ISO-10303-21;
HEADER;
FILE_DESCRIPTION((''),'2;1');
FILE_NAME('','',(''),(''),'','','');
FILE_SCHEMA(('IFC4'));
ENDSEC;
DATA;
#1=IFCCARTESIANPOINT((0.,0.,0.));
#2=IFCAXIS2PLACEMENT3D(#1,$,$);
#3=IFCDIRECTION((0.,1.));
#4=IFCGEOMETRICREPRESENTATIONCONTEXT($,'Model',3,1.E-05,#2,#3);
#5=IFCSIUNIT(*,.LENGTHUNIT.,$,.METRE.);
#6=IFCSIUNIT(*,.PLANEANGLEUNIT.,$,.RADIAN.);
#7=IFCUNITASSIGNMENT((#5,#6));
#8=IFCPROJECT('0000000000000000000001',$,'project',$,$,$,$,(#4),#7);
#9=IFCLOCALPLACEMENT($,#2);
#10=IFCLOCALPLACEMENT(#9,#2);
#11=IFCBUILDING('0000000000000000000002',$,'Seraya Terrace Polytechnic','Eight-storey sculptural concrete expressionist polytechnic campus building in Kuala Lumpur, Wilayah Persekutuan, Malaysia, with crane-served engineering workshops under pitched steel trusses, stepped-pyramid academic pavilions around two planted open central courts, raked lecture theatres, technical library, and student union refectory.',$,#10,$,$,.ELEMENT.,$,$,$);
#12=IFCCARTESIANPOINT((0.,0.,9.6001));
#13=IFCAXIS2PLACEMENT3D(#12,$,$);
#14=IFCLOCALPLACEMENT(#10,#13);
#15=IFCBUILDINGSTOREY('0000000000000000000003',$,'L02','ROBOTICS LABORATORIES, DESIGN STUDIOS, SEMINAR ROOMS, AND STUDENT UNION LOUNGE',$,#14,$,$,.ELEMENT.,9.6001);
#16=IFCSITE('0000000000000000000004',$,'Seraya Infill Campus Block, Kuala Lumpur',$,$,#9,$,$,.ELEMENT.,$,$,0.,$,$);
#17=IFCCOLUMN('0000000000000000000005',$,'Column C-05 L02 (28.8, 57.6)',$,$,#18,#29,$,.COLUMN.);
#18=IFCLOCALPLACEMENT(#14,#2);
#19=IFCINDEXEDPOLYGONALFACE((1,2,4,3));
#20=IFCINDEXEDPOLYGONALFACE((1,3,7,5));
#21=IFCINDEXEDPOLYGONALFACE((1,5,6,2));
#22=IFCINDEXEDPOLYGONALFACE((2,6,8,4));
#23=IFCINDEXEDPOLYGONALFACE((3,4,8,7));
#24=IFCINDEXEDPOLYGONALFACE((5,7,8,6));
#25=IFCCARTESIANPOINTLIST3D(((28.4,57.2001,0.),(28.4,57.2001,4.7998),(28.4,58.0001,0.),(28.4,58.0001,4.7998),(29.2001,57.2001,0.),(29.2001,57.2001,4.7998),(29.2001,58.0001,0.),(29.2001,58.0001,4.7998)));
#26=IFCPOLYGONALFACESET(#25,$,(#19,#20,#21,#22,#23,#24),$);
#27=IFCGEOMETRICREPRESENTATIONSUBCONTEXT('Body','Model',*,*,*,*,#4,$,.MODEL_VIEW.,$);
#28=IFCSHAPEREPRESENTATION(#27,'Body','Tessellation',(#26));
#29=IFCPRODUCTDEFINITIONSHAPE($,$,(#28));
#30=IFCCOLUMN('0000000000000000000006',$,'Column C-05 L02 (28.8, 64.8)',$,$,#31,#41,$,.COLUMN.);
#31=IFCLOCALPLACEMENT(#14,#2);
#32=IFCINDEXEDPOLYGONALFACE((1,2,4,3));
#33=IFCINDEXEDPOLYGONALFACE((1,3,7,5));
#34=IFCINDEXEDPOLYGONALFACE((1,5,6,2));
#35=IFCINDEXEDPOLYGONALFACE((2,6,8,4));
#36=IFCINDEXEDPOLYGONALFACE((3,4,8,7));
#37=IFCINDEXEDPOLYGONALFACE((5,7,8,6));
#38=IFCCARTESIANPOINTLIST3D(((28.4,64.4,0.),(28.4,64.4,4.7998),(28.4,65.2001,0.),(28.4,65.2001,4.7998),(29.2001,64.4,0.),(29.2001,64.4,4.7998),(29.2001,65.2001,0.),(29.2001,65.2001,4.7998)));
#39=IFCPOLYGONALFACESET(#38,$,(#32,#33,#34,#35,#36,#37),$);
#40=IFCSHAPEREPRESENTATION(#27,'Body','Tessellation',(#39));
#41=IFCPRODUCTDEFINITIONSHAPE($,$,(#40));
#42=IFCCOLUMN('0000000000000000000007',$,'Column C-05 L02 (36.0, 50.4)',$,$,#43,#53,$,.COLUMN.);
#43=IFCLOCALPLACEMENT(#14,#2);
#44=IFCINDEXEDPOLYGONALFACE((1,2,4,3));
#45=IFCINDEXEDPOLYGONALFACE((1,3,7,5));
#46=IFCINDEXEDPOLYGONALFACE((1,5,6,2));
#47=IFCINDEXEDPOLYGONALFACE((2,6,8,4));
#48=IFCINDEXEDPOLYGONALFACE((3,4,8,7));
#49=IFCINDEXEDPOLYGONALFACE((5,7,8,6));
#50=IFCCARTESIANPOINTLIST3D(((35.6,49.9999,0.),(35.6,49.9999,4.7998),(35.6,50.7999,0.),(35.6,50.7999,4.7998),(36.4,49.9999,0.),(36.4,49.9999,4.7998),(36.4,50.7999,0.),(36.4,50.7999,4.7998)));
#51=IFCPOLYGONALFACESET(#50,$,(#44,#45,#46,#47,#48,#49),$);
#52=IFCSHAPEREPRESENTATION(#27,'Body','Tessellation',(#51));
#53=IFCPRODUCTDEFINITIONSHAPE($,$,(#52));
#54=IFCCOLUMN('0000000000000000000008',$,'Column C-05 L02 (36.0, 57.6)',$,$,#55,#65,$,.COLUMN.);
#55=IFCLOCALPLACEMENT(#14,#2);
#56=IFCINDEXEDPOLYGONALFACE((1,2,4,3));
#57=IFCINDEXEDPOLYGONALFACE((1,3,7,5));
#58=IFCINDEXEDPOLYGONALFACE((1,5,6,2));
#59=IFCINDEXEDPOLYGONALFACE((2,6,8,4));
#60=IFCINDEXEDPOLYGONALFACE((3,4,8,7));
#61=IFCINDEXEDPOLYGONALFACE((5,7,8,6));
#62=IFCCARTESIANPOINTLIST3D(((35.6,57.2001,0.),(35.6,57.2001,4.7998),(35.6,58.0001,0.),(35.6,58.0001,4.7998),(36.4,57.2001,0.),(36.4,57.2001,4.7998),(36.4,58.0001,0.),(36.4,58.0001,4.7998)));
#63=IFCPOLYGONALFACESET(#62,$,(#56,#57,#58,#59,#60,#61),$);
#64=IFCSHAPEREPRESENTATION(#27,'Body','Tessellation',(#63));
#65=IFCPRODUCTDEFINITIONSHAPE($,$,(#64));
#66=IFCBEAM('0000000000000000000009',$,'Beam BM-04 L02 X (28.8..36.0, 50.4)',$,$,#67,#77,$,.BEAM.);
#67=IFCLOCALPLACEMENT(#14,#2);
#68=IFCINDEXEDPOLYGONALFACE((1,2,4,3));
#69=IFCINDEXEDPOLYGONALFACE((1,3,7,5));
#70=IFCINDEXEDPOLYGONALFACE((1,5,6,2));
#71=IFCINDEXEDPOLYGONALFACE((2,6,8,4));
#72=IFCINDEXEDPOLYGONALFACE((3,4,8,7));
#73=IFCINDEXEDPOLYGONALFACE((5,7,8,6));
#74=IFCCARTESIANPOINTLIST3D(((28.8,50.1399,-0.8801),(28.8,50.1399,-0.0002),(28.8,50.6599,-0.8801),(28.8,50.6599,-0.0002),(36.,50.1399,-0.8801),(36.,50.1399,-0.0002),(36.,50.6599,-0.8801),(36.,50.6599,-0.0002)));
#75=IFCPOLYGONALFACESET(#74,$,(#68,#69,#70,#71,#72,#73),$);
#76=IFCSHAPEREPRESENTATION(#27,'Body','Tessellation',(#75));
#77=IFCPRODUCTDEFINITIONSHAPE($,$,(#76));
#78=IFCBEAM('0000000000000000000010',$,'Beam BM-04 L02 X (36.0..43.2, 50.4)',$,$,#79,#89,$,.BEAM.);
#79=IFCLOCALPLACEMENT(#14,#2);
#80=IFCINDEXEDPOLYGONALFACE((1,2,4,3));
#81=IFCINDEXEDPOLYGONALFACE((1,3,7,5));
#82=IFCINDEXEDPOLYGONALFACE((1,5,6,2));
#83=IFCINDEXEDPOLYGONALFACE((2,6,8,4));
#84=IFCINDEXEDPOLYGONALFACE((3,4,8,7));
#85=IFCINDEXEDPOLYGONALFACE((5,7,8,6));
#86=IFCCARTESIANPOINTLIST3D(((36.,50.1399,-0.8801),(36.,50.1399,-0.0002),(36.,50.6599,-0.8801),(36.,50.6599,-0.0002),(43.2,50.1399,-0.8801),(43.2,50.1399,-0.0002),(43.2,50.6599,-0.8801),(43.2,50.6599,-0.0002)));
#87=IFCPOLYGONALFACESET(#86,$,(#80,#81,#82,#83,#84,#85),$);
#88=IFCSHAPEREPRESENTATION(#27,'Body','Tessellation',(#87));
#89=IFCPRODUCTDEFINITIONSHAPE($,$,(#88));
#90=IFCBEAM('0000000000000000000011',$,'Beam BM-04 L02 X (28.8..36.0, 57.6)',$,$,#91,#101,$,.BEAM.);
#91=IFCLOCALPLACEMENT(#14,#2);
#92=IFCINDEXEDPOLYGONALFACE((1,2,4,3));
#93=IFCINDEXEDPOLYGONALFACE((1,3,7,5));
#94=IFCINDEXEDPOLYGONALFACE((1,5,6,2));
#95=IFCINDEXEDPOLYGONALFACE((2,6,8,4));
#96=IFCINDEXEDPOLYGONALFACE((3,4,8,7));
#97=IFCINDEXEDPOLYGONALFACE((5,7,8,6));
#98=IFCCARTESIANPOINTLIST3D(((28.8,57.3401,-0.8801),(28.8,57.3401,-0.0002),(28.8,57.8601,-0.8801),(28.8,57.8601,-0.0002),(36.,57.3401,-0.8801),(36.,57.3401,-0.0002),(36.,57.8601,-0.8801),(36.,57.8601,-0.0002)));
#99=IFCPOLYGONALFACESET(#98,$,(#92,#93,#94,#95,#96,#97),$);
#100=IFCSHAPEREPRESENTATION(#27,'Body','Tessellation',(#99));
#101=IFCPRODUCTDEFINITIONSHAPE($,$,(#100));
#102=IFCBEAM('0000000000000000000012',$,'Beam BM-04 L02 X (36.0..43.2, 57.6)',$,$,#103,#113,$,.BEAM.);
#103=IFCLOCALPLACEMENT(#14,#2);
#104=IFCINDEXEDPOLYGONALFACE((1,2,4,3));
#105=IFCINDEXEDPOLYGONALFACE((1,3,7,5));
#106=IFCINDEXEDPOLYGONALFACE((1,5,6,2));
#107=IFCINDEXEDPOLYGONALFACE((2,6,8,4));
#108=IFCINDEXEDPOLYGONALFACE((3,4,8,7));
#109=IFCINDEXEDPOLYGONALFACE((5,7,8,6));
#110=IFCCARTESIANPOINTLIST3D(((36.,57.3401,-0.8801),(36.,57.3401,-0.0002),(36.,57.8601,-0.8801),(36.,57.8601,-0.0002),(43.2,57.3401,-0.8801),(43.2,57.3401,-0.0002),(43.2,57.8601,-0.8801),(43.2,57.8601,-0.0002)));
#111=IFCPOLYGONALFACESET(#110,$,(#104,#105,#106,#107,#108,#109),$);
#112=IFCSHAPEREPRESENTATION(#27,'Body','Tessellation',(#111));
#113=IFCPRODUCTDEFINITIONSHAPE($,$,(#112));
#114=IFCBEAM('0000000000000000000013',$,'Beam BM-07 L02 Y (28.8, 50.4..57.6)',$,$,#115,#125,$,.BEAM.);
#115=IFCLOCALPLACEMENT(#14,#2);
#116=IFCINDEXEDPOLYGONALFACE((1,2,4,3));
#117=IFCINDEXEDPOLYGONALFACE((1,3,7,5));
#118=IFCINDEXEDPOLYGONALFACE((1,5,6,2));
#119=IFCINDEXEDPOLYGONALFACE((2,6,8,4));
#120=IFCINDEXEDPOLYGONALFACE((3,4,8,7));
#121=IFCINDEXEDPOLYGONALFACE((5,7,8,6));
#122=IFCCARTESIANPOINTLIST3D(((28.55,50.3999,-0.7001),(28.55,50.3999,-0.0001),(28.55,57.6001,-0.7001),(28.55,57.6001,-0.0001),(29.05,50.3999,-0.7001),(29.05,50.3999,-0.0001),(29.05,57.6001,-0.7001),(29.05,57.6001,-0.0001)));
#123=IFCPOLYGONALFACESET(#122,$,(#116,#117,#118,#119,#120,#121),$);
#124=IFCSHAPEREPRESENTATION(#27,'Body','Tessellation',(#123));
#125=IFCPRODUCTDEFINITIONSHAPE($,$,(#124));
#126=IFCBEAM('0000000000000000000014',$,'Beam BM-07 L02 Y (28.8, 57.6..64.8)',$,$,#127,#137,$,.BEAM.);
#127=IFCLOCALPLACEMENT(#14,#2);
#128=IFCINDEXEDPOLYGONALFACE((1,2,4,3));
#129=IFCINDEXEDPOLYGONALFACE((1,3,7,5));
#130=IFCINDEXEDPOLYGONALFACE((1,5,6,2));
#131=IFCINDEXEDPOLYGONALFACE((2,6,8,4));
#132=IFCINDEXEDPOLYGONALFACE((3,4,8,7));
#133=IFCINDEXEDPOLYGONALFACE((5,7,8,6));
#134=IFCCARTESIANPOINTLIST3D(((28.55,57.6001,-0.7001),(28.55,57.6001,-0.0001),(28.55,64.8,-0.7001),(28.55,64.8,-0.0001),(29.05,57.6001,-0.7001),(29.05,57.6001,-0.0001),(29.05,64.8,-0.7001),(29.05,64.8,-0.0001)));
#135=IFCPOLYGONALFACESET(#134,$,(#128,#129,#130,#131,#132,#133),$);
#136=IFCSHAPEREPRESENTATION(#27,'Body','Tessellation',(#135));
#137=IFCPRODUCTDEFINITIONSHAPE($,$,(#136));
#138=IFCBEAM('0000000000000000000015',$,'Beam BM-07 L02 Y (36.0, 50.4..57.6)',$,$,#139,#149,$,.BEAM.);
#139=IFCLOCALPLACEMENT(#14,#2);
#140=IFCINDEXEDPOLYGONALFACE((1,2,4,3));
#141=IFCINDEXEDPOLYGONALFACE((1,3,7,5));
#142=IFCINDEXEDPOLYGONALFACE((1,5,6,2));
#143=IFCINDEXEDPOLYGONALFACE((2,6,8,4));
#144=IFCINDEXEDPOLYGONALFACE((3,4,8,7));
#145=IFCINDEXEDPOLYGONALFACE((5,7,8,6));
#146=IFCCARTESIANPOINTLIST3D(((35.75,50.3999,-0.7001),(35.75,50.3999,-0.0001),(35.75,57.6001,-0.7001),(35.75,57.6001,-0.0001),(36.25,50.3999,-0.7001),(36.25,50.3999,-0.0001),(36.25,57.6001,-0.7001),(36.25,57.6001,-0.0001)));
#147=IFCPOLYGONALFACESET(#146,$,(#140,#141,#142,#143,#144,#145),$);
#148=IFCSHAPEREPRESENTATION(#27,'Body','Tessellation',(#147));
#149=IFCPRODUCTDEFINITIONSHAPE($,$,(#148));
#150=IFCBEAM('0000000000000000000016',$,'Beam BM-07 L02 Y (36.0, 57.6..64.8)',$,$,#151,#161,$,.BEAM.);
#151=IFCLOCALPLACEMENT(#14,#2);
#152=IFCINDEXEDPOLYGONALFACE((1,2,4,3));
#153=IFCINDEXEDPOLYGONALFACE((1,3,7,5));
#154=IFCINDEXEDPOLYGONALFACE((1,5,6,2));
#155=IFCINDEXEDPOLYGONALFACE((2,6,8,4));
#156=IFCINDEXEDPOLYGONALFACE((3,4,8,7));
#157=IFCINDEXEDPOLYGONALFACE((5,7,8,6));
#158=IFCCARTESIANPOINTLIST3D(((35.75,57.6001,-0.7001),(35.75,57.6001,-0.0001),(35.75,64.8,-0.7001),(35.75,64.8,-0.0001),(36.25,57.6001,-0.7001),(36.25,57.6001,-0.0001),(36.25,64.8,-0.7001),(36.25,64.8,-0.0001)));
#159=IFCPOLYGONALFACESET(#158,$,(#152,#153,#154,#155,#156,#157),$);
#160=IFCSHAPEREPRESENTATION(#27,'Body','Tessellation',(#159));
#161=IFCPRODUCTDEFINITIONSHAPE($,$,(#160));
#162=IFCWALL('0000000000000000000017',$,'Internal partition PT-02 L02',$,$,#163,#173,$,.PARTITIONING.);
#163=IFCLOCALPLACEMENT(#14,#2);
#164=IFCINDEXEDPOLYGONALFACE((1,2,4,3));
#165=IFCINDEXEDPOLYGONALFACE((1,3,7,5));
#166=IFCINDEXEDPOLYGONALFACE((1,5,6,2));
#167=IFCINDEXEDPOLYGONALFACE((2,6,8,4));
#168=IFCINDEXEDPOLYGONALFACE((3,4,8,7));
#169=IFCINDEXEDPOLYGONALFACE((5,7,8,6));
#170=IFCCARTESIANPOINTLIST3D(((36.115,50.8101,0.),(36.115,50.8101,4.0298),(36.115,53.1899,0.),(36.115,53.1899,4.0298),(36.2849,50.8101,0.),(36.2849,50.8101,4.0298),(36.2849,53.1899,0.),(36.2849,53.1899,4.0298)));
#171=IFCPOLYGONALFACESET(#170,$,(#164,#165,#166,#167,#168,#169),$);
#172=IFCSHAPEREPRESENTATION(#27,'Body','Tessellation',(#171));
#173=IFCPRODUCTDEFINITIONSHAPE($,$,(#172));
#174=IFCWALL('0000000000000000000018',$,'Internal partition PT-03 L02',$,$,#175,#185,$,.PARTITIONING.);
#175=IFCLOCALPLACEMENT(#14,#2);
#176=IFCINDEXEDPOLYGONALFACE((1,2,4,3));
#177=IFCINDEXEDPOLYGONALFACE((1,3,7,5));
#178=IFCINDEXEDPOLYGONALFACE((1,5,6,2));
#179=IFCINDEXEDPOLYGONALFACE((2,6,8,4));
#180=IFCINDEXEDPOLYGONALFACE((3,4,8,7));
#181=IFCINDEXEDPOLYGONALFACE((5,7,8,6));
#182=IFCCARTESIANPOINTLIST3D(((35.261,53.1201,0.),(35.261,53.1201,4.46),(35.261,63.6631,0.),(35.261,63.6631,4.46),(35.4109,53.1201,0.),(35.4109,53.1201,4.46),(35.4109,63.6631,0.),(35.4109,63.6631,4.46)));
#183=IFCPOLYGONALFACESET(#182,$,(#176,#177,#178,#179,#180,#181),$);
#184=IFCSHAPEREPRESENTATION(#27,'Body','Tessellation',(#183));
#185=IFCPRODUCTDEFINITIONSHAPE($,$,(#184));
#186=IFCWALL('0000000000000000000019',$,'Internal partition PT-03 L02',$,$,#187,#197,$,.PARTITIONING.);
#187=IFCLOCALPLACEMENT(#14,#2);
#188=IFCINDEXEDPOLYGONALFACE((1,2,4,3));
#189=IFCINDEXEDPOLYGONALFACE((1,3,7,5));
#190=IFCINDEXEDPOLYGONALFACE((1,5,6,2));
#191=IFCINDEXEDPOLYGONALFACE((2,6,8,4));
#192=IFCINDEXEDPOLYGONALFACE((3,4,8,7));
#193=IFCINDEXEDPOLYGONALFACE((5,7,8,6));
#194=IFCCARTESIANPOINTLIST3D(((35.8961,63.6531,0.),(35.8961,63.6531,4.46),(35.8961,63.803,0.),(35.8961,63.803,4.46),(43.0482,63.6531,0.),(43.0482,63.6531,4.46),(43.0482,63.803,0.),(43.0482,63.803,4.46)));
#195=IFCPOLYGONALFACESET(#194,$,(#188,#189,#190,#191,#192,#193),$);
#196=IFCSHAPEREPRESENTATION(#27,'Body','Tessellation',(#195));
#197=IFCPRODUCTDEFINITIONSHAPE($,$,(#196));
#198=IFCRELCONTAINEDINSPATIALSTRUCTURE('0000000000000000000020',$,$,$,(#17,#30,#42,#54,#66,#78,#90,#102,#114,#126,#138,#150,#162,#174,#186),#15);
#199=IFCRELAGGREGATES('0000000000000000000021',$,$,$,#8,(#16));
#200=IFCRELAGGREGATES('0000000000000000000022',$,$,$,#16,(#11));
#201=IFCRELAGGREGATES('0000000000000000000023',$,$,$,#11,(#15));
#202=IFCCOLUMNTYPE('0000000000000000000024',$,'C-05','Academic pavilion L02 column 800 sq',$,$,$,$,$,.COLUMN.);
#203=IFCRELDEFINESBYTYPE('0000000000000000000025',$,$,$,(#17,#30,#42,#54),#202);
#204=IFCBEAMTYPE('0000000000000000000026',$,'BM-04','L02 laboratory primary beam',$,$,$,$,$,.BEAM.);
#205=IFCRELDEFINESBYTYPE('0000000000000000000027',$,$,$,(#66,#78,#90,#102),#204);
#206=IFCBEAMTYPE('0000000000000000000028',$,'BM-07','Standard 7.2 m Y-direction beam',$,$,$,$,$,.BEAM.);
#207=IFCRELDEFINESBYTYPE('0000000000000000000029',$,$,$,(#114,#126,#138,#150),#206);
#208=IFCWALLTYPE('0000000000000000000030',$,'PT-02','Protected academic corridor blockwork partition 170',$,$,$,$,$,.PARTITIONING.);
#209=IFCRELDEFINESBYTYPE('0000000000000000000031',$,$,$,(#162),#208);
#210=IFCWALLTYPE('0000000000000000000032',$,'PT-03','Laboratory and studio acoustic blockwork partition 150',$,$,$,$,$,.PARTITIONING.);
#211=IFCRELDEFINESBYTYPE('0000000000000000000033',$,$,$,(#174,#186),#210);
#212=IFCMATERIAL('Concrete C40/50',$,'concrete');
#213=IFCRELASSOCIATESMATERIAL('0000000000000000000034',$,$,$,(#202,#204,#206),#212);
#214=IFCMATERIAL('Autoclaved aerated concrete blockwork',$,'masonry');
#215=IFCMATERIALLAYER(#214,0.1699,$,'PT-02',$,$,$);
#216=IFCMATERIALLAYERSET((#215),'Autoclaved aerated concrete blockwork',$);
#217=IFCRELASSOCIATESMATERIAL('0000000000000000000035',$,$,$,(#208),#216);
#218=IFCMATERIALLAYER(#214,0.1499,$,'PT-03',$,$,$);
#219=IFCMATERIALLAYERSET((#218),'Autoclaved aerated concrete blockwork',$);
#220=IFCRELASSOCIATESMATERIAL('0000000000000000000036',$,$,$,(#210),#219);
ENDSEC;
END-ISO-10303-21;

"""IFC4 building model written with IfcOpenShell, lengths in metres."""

from ifc_helpers import new_model, si_unit, direction, frame, frame_2d, origin, origin_2d, place, context, subcontext, project, spatial, rectangle, extrude, material, layer, layer_set, material_profile, profile_set, type_object, element, save


model = new_model("IFC4")

# Units and contexts
model_context = context("Model", 3, precision=1e-05, world=origin(), true_north=direction((0.0, 1.0)))
body_context = subcontext(model_context, "Body", "Model", "MODEL_VIEW")
ifc_project = project(units=[si_unit("LENGTHUNIT", "METRE"), si_unit("PLANEANGLEUNIT", "RADIAN")], contexts=[model_context])

# Site, building, storey
site_placement = place(None, origin())
site = spatial("IfcSite", under=ifc_project, at=site_placement, Name="Seraya Infill Campus Block, Kuala Lumpur", CompositionType="ELEMENT", RefElevation=0.0)
building_placement = place(site_placement, origin())
building = spatial("IfcBuilding", under=site, at=building_placement, Name="Seraya Terrace Polytechnic", Description="Eight-storey sculptural concrete expressionist polytechnic campus building in Kuala Lumpur, Wilayah Persekutuan, Malaysia, with crane-served engineering workshops under pitched steel trusses, stepped-pyramid academic pavilions around two planted open central courts, raked lecture theatres, technical library, and student union refectory.", CompositionType="ELEMENT")
storey_placement = place(building_placement, frame((0.0, 0.0, 9.6001)))
storey = spatial("IfcBuildingStorey", under=building, at=storey_placement, Name="L02", Description="ROBOTICS LABORATORIES, DESIGN STUDIOS, SEMINAR ROOMS, AND STUDENT UNION LOUNGE", CompositionType="ELEMENT", Elevation=9.6001)

# Columns
ifc_material_1 = material(Name="Concrete C40/50", Category="concrete")
ifc_material_profile_1 = material_profile(ifc_material_1, rectangle(XDim=0.8, YDim=0.8, at=origin_2d()), Name="RC 800x800")
ifc_profile_set_1 = profile_set([ifc_material_profile_1], Name="Concrete C40/50")
column_type = type_object("IfcColumnType", Name="C-05", Description="Academic pavilion L02 column 800 sq", PredefinedType="COLUMN", material=ifc_profile_set_1)
for number, where, z_axis, x_axis, name in (
    (1, (28.8, 57.6001, 0.0), (0.0, 0.0, 1.0), (1.0, 0.0, 0.0), "Column C-05 L02 (28.8, 57.6)"),
    (2, (28.8, 64.8, 0.0), (0.0, 0.0, 1.0), (1.0, 0.0, 0.0), "Column C-05 L02 (28.8, 64.8)"),
    (3, (36.0, 50.3999, 0.0), (0.0, 0.0, 1.0), (1.0, 0.0, 0.0), "Column C-05 L02 (36.0, 50.4)"),
    (4, (36.0, 57.6001, 0.0), (0.0, 0.0, 1.0), (1.0, 0.0, 0.0), "Column C-05 L02 (36.0, 57.6)"),
):
    element("IfcColumn", number, at=place(storey_placement, frame(where, z_axis=z_axis, x_axis=x_axis)), inside=storey, type_object=column_type, Name=name, PredefinedType="COLUMN", context=body_context, shape_type="SweptSolid", body=[
        extrude(rectangle(XDim=0.8, YDim=0.8, at=origin_2d()), origin(), (0.0, 0.0, 1.0), 4.7998),
    ])

# Beams
ifc_material_profile_2 = material_profile(ifc_material_1, rectangle(XDim=0.52, YDim=0.8799, at=origin_2d()), Name="RC 520x880")
ifc_profile_set_2 = profile_set([ifc_material_profile_2], Name="Concrete C40/50")
beam_type_1 = type_object("IfcBeamType", Name="BM-04", Description="L02 laboratory primary beam", PredefinedType="BEAM", material=ifc_profile_set_2)
for number, where, z_axis, x_axis, name in (
    (5, (28.8, 50.3999, -0.4402), (1.0, 0.0, 0.0), (0.0, 1.0, 0.0), "Beam BM-04 L02 X (28.8..36.0, 50.4)"),
    (6, (36.0, 50.3999, -0.4402), (1.0, 0.0, 0.0), (0.0, 1.0, 0.0), "Beam BM-04 L02 X (36.0..43.2, 50.4)"),
    (7, (28.8, 57.6001, -0.4402), (1.0, 0.0, 0.0), (0.0, 1.0, 0.0), "Beam BM-04 L02 X (28.8..36.0, 57.6)"),
    (8, (36.0, 57.6001, -0.4402), (1.0, 0.0, 0.0), (0.0, 1.0, 0.0), "Beam BM-04 L02 X (36.0..43.2, 57.6)"),
):
    element("IfcBeam", number, at=place(storey_placement, frame(where, z_axis=z_axis, x_axis=x_axis)), inside=storey, type_object=beam_type_1, Name=name, PredefinedType="BEAM", context=body_context, shape_type="SweptSolid", body=[
        extrude(rectangle(XDim=0.52, YDim=0.8799, at=origin_2d()), origin(), (0.0, 0.0, 1.0), 7.2),
    ])
ifc_material_profile_3 = material_profile(ifc_material_1, rectangle(XDim=0.5, YDim=0.7, at=origin_2d()), Name="RC 500x700")
ifc_profile_set_3 = profile_set([ifc_material_profile_3], Name="Concrete C40/50")
beam_type_2 = type_object("IfcBeamType", Name="BM-07", Description="Standard 7.2 m Y-direction beam", PredefinedType="BEAM", material=ifc_profile_set_3)
beam_1_placement = place(storey_placement, frame((28.8, 50.3999, -0.3501), z_axis=(0.0, 1.0, 0.0), x_axis=(-1.0, 0.0, 0.0)))
element("IfcBeam", 9, at=beam_1_placement, inside=storey, type_object=beam_type_2, Name="Beam BM-07 L02 Y (28.8, 50.4..57.6)", PredefinedType="BEAM", context=body_context, shape_type="SweptSolid", body=[
    extrude(rectangle(XDim=0.5, YDim=0.7, at=origin_2d()), origin(), (0.0, 0.0, 1.0), 7.2002),
])
beam_2_placement = place(storey_placement, frame((28.8, 57.6001, -0.3501), z_axis=(0.0, 1.0, 0.0), x_axis=(-1.0, 0.0, 0.0)))
element("IfcBeam", 10, at=beam_2_placement, inside=storey, type_object=beam_type_2, Name="Beam BM-07 L02 Y (28.8, 57.6..64.8)", PredefinedType="BEAM", context=body_context, shape_type="SweptSolid", body=[
    extrude(rectangle(XDim=0.5, YDim=0.7, at=origin_2d()), origin(), (0.0, 0.0, 1.0), 7.2),
])
beam_3_placement = place(storey_placement, frame((36.0, 50.3999, -0.3501), z_axis=(0.0, 1.0, 0.0), x_axis=(-1.0, 0.0, 0.0)))
element("IfcBeam", 11, at=beam_3_placement, inside=storey, type_object=beam_type_2, Name="Beam BM-07 L02 Y (36.0, 50.4..57.6)", PredefinedType="BEAM", context=body_context, shape_type="SweptSolid", body=[
    extrude(rectangle(XDim=0.5, YDim=0.7, at=origin_2d()), origin(), (0.0, 0.0, 1.0), 7.2002),
])
beam_4_placement = place(storey_placement, frame((36.0, 57.6001, -0.3501), z_axis=(0.0, 1.0, 0.0), x_axis=(-1.0, 0.0, 0.0)))
element("IfcBeam", 12, at=beam_4_placement, inside=storey, type_object=beam_type_2, Name="Beam BM-07 L02 Y (36.0, 57.6..64.8)", PredefinedType="BEAM", context=body_context, shape_type="SweptSolid", body=[
    extrude(rectangle(XDim=0.5, YDim=0.7, at=origin_2d()), origin(), (0.0, 0.0, 1.0), 7.2),
])

# Walls
ifc_material_2 = material(Name="Autoclaved aerated concrete blockwork", Category="masonry")
ifc_layer_1 = layer(ifc_material_2, 0.1699, Name="PT-02")
ifc_layer_set_1 = layer_set([ifc_layer_1], Name="Autoclaved aerated concrete blockwork")
wall_type_1 = type_object("IfcWallType", Name="PT-02", Description="Protected academic corridor blockwork partition 170", PredefinedType="PARTITIONING", material=ifc_layer_set_1)
wall_1_placement = place(storey_placement, frame((36.2, 50.8101, 0.0), z_axis=(0.0, 0.0, 1.0), x_axis=(0.0, 1.0, 0.0)))
element("IfcWall", 13, at=wall_1_placement, inside=storey, type_object=wall_type_1, Name="Internal partition PT-02 L02", PredefinedType="PARTITIONING", context=body_context, shape_type="SweptSolid", body=[
    extrude(rectangle(XDim=2.3799, YDim=0.1699, at=frame_2d((1.1899, 0.0))), origin(), (0.0, 0.0, 1.0), 4.0298),
])
ifc_layer_2 = layer(ifc_material_2, 0.1499, Name="PT-03")
ifc_layer_set_2 = layer_set([ifc_layer_2], Name="Autoclaved aerated concrete blockwork")
wall_type_2 = type_object("IfcWallType", Name="PT-03", Description="Laboratory and studio acoustic blockwork partition 150", PredefinedType="PARTITIONING", material=ifc_layer_set_2)
wall_2_placement = place(storey_placement, frame((35.3359, 53.1201, 0.0), z_axis=(0.0, 0.0, 1.0), x_axis=(0.0, 1.0, 0.0)))
element("IfcWall", 14, at=wall_2_placement, inside=storey, type_object=wall_type_2, Name="Internal partition PT-03 L02", PredefinedType="PARTITIONING", context=body_context, shape_type="SweptSolid", body=[
    extrude(rectangle(XDim=10.543, YDim=0.1499, at=frame_2d((5.2715, 0.0))), origin(), (0.0, 0.0, 1.0), 4.46),
])
wall_3_placement = place(storey_placement, frame((35.896, 63.728, 0.0), z_axis=(0.0, 0.0, 1.0), x_axis=(1.0, 0.0, 0.0)))
element("IfcWall", 15, at=wall_3_placement, inside=storey, type_object=wall_type_2, Name="Internal partition PT-03 L02", PredefinedType="PARTITIONING", context=body_context, shape_type="SweptSolid", body=[
    extrude(rectangle(XDim=7.1521, YDim=0.1499, at=frame_2d((3.5762, 0.0))), origin(), (0.0, 0.0, 1.0), 4.46),
])

save(model, "model.ifc")
